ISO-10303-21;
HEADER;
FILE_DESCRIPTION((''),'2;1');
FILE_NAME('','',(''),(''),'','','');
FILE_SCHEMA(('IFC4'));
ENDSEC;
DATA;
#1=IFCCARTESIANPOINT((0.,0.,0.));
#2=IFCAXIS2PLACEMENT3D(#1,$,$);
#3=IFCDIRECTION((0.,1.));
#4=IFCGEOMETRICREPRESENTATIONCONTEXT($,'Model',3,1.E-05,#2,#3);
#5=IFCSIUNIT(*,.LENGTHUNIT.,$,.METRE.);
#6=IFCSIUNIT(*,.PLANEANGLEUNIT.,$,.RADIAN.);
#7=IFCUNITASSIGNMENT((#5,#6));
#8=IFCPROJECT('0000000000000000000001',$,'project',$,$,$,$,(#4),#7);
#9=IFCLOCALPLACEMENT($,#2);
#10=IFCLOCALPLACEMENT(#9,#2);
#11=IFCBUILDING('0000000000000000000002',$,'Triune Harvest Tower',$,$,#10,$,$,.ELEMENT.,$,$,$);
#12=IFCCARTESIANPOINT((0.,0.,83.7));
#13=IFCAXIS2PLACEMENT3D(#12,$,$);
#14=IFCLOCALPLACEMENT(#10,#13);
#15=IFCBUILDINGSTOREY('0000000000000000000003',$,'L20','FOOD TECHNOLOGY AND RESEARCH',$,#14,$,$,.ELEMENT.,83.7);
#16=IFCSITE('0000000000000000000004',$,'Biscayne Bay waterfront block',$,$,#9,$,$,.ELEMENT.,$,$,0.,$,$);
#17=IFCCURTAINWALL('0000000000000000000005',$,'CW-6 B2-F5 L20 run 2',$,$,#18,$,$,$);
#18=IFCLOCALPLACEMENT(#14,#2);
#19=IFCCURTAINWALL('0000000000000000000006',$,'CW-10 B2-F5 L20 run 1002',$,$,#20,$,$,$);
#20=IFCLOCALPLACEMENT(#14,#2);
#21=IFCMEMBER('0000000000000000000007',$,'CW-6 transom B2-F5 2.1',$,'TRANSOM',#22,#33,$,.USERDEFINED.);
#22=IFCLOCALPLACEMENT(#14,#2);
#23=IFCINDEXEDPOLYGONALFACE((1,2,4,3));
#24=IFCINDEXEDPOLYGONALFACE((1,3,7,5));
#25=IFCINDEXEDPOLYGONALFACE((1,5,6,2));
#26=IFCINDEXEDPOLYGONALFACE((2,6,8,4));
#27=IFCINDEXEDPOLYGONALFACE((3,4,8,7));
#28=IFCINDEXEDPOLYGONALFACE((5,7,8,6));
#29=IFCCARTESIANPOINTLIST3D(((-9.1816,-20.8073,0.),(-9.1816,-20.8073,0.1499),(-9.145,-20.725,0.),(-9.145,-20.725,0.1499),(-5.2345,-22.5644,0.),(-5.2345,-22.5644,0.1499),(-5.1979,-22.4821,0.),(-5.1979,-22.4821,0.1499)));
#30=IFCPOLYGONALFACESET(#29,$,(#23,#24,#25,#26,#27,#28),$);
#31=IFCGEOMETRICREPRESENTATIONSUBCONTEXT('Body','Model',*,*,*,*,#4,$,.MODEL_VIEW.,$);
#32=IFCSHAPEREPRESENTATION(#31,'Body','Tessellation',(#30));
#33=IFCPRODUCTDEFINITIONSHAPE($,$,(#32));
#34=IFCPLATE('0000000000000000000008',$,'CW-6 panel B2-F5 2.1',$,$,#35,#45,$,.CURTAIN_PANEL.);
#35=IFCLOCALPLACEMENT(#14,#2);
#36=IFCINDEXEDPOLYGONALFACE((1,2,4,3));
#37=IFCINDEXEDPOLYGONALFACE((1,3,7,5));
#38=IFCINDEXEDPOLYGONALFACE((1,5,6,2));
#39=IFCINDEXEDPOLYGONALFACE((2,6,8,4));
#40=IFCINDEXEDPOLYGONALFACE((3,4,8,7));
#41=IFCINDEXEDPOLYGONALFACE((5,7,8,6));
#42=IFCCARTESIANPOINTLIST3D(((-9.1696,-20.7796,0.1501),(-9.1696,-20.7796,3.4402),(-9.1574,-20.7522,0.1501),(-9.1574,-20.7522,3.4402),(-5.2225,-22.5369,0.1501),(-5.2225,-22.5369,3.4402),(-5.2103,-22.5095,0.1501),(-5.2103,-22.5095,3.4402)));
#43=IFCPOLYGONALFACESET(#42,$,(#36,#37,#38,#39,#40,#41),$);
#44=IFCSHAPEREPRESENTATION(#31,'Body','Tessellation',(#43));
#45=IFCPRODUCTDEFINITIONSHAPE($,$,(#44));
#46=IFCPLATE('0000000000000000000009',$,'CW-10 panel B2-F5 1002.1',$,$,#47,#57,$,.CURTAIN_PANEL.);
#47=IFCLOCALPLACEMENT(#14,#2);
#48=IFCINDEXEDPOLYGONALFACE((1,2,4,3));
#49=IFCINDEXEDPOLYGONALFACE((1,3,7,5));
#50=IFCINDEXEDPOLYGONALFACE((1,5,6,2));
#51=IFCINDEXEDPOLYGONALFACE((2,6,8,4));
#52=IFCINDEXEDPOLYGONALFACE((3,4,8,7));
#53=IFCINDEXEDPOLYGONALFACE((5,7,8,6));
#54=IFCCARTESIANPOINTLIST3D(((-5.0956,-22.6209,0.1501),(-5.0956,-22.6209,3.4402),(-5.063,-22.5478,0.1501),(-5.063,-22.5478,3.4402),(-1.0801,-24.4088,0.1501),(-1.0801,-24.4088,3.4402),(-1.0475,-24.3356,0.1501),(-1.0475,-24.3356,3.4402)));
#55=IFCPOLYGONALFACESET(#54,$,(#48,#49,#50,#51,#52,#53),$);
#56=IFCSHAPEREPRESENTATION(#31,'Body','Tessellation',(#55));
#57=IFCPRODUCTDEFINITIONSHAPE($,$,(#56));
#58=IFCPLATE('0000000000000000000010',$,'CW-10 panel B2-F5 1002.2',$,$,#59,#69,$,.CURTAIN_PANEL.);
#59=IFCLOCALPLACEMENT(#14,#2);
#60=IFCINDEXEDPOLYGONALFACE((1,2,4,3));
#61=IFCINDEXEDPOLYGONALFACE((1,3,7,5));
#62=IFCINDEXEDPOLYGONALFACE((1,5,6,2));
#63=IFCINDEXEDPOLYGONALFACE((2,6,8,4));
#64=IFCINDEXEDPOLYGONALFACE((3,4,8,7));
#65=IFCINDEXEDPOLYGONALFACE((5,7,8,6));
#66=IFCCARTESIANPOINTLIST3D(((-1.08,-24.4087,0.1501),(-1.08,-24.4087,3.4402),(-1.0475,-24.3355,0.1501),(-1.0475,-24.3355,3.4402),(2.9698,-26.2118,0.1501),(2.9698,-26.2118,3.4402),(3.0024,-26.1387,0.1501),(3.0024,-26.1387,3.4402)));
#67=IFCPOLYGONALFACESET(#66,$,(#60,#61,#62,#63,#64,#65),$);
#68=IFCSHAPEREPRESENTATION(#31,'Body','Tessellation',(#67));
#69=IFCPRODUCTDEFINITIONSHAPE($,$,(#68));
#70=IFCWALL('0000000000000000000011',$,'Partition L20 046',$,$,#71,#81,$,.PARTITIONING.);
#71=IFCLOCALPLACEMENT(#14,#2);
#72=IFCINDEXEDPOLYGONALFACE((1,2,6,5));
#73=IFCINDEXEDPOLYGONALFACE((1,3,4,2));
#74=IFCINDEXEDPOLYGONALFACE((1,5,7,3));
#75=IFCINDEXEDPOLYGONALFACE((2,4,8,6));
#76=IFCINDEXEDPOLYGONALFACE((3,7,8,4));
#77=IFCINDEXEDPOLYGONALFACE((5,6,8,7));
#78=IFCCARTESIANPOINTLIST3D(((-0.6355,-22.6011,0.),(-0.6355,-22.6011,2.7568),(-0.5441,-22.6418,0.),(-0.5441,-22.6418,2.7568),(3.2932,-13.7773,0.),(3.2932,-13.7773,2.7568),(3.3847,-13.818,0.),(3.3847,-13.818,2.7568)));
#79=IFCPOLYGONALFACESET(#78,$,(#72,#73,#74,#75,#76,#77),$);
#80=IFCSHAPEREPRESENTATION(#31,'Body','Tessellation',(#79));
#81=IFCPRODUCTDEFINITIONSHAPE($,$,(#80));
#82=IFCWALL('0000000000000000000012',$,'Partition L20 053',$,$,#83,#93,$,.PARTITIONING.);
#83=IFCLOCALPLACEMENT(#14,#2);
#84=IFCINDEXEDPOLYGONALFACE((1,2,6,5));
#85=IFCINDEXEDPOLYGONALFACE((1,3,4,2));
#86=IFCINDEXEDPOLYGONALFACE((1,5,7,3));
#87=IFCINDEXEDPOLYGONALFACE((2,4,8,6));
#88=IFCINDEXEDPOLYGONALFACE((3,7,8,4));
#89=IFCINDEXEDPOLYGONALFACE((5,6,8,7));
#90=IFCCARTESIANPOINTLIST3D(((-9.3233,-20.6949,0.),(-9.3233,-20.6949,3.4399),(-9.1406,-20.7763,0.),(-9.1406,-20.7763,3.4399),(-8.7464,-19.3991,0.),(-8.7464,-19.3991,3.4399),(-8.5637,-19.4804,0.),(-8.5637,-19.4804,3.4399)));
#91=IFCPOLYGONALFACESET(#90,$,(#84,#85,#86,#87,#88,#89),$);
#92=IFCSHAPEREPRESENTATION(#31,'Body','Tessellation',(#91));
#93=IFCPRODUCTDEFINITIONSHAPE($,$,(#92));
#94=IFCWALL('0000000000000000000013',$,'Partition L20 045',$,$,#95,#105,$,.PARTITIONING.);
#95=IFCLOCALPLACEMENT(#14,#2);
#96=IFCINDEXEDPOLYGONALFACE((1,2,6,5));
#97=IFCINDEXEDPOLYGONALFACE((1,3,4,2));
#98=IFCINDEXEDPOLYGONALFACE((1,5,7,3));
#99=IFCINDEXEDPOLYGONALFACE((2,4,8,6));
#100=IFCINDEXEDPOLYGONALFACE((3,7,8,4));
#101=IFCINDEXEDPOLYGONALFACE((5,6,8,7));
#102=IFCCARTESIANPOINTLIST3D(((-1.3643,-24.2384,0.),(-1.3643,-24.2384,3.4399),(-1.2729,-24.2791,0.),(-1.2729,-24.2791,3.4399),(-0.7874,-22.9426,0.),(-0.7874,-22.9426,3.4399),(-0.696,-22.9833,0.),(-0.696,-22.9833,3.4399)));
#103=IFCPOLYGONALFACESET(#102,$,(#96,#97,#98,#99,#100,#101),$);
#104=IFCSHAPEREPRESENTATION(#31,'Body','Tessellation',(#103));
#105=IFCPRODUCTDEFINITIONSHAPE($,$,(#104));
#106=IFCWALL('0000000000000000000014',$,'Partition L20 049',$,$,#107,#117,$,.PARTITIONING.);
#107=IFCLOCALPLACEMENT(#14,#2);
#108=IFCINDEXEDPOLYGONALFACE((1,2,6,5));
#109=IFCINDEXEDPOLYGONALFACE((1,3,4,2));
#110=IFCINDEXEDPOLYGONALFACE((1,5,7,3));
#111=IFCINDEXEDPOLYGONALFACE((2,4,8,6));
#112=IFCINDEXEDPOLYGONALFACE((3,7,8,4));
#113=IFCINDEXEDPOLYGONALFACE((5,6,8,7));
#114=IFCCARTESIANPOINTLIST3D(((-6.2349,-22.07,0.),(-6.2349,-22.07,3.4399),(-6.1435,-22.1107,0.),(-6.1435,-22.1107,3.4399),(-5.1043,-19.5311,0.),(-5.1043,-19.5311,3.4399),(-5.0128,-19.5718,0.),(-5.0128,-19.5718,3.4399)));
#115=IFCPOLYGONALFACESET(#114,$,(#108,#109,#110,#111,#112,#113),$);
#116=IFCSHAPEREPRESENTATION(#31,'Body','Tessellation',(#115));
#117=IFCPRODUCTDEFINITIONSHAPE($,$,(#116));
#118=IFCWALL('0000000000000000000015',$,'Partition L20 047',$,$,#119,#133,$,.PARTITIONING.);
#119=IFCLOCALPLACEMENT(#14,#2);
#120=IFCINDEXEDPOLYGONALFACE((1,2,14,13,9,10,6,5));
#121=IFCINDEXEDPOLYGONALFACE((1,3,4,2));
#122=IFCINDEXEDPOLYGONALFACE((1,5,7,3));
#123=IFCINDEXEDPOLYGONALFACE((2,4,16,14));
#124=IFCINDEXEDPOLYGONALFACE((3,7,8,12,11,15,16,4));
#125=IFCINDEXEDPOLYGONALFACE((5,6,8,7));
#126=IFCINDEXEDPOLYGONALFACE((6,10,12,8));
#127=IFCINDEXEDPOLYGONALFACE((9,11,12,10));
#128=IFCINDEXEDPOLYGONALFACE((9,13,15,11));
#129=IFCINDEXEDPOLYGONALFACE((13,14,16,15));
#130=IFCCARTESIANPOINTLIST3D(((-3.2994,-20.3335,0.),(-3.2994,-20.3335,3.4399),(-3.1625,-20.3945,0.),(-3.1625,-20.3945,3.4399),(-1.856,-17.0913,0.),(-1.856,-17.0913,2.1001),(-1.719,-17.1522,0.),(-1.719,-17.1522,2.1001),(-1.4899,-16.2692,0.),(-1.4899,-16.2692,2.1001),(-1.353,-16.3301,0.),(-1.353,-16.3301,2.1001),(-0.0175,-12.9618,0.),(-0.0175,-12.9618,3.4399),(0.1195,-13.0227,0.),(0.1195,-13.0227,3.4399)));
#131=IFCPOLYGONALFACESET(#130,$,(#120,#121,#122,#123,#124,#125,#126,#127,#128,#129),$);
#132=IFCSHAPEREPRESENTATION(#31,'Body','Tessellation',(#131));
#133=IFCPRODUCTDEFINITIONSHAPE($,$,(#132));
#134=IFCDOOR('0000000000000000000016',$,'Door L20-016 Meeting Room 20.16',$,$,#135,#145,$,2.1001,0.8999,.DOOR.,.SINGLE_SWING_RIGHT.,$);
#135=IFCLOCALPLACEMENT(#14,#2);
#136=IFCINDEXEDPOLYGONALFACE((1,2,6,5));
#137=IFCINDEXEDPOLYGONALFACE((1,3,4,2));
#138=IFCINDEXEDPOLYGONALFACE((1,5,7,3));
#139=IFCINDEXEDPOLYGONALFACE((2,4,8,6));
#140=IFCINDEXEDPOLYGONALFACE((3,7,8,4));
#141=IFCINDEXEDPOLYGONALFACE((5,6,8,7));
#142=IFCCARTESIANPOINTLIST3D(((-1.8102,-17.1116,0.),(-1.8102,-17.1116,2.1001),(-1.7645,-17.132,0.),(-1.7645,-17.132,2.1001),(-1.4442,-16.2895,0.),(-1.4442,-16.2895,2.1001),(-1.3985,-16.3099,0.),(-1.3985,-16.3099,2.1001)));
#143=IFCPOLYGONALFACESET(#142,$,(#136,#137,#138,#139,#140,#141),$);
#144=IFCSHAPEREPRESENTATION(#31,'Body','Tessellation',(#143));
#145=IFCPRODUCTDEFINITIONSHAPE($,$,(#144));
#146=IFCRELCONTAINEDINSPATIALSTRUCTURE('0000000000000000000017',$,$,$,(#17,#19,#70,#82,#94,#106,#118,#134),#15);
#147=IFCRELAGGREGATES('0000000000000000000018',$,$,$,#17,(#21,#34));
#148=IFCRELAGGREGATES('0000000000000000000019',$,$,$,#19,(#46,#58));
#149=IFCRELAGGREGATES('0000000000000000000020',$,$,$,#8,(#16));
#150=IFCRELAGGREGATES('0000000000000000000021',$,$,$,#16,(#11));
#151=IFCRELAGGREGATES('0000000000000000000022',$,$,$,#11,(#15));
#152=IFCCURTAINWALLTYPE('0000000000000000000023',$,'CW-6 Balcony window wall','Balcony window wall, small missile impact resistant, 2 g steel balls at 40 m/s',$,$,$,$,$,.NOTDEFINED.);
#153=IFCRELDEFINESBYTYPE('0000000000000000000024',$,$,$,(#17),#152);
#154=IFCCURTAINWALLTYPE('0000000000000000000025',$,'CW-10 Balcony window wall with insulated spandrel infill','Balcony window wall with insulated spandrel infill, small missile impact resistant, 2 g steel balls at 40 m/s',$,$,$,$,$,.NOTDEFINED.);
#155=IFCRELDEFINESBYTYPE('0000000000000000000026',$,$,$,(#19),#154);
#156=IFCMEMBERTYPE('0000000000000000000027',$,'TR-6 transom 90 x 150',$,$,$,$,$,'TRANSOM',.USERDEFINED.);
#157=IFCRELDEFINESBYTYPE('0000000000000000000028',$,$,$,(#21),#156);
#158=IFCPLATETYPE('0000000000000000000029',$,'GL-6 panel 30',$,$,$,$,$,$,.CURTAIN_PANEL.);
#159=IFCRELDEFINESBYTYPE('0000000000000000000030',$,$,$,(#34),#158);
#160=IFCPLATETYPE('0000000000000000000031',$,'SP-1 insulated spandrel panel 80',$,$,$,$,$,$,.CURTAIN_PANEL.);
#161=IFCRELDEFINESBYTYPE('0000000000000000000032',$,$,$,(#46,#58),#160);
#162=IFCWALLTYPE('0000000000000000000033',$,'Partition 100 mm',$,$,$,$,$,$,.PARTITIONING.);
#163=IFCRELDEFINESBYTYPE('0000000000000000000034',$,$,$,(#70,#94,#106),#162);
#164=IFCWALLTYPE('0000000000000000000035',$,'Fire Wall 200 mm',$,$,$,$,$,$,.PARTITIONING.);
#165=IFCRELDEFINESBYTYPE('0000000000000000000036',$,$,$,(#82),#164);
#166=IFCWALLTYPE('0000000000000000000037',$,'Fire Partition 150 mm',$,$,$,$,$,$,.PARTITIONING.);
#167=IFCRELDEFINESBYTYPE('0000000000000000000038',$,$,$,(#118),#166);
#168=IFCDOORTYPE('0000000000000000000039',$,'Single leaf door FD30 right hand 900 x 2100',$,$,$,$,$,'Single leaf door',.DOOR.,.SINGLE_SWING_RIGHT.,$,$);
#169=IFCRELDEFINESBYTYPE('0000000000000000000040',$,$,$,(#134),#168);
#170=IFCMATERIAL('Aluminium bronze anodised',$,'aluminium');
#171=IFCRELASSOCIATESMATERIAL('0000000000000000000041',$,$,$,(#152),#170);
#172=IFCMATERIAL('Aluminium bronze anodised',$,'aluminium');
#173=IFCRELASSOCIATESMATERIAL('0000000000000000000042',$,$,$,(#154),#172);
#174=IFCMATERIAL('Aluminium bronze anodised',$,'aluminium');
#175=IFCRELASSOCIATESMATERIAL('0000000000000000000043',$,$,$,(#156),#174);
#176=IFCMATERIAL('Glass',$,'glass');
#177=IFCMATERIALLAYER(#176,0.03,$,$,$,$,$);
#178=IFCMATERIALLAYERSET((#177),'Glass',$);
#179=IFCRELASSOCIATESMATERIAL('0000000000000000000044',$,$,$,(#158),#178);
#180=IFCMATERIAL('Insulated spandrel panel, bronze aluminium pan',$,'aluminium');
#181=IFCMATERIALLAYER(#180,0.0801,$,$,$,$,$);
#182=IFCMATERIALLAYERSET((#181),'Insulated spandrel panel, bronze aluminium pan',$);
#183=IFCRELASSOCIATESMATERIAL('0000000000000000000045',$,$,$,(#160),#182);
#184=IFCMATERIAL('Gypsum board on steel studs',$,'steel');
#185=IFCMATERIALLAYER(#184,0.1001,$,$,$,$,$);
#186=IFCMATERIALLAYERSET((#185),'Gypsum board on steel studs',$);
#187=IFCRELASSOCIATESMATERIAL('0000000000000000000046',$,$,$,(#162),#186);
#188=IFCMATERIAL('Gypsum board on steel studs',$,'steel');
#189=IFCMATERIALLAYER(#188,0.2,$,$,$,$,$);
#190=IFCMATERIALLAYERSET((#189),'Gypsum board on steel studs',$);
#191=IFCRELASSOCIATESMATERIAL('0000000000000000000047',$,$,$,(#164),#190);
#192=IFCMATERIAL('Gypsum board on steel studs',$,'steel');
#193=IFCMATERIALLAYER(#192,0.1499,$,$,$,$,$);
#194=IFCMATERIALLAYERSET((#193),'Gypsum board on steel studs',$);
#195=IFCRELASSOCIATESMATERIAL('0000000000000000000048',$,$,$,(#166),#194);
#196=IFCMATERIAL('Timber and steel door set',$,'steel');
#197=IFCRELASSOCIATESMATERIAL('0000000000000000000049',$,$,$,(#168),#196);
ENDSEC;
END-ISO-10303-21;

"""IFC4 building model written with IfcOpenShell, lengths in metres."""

from ifc_helpers import new_model, si_unit, direction, frame, frame_2d, origin, origin_2d, place, context, subcontext, project, spatial, rectangle, extrude, source, transform, mapped, material, layer, layer_set, material_profile, profile_set, type_object, element, fill, aggregate, save


model = new_model("IFC4")

# Units and contexts
model_context = context("Model", 3, precision=1e-05, world=origin(), true_north=direction((0.0, 1.0)))
body_context = subcontext(model_context, "Body", "Model", "MODEL_VIEW")
ifc_project = project(units=[si_unit("LENGTHUNIT", "METRE"), si_unit("PLANEANGLEUNIT", "RADIAN")], contexts=[model_context])

# Site, building, storey
site_placement = place(None, origin())
site = spatial("IfcSite", under=ifc_project, at=site_placement, Name="Biscayne Bay waterfront block", CompositionType="ELEMENT", RefElevation=0.0)
building_placement = place(site_placement, origin())
building = spatial("IfcBuilding", under=site, at=building_placement, Name="Triune Harvest Tower", CompositionType="ELEMENT")
storey_placement = place(building_placement, frame((0.0, 0.0, 83.7)))
storey = spatial("IfcBuildingStorey", under=building, at=storey_placement, Name="L20", Description="FOOD TECHNOLOGY AND RESEARCH", CompositionType="ELEMENT", Elevation=83.7)

# Curtain walls
ifc_material_1 = material(Name="Aluminium bronze anodised", Category="aluminium")
curtain_wall_type_1 = type_object("IfcCurtainWallType", Name="CW-6 Balcony window wall", Description="Balcony window wall, small missile impact resistant, 2 g steel balls at 40 m/s", PredefinedType="NOTDEFINED", material=ifc_material_1)
curtain_wall_1_placement = place(storey_placement, origin())
curtain_wall_1 = element("IfcCurtainWall", 1, at=curtain_wall_1_placement, inside=storey, type_object=curtain_wall_type_1, Name="CW-6 B2-F5 L20 run 2")
ifc_material_2 = material(Name="Aluminium bronze anodised", Category="aluminium")
curtain_wall_type_2 = type_object("IfcCurtainWallType", Name="CW-10 Balcony window wall with insulated spandrel infill", Description="Balcony window wall with insulated spandrel infill, small missile impact resistant, 2 g steel balls at 40 m/s", PredefinedType="NOTDEFINED", material=ifc_material_2)
curtain_wall_2_placement = place(storey_placement, origin())
curtain_wall_2 = element("IfcCurtainWall", 2, at=curtain_wall_2_placement, inside=storey, type_object=curtain_wall_type_2, Name="CW-10 B2-F5 L20 run 1002")
ifc_material_3 = material(Name="Aluminium bronze anodised", Category="aluminium")
ifc_material_profile_1 = material_profile(ifc_material_3, rectangle(XDim=0.0901, YDim=0.1499, at=origin_2d()), Name="TR-6 transom 90 x 150")
ifc_profile_set_1 = profile_set([ifc_material_profile_1], Name="Aluminium bronze anodised")
member_type_1 = type_object("IfcMemberType", Name="TR-6 transom 90 x 150", ElementType="TRANSOM", PredefinedType="USERDEFINED", material=ifc_profile_set_1)

# Member
shared_shape_1 = source(origin(), body_context, "Body", "SweptSolid", [
    extrude(rectangle(XDim=0.0901, YDim=0.1499, at=origin_2d()), origin(), (0.0, 0.0, 1.0), 4.3206),
])
member_1_placement = place(storey_placement, frame((-9.1633, -20.7661, 0.075), z_axis=(0.913567, -0.406689, 0.0), x_axis=(0.406689, 0.913567, 0.0)))
member_1 = element("IfcMember", 3, at=member_1_placement, type_object=member_type_1, Name="CW-6 transom B2-F5 2.1", ObjectType="TRANSOM", PredefinedType="USERDEFINED", context=body_context, shape_type="MappedRepresentation", body=[
    mapped(shared_shape_1, transform((0.0, 0.0, 0.0), scale=1.0)),
])

# Plates
ifc_material_4 = material(Name="Glass", Category="glass")
ifc_layer_1 = layer(ifc_material_4, 0.03)
ifc_layer_set_1 = layer_set([ifc_layer_1], Name="Glass")
plate_type_1 = type_object("IfcPlateType", Name="GL-6 panel 30", PredefinedType="CURTAIN_PANEL", material=ifc_layer_set_1)
shared_shape_2 = source(origin(), body_context, "Body", "SweptSolid", [
    extrude(rectangle(XDim=4.3206, YDim=0.03, at=origin_2d()), origin(), (0.0, 0.0, 1.0), 3.29),
])
plate_1_placement = place(storey_placement, frame((-7.1899, -21.6445, 0.1501), z_axis=(0.0, 0.0, 1.0), x_axis=(0.913548, -0.40673, 0.0)))
plate_1 = element("IfcPlate", 4, at=plate_1_placement, type_object=plate_type_1, Name="CW-6 panel B2-F5 2.1", PredefinedType="CURTAIN_PANEL", context=body_context, shape_type="MappedRepresentation", body=[
    mapped(shared_shape_2, transform((0.0, 0.0, 0.0), scale=1.0)),
])
aggregate(curtain_wall_1, [member_1, plate_1])
ifc_material_5 = material(Name="Insulated spandrel panel, bronze aluminium pan", Category="aluminium")
ifc_layer_2 = layer(ifc_material_5, 0.0801)
ifc_layer_set_2 = layer_set([ifc_layer_2], Name="Insulated spandrel panel, bronze aluminium pan")
plate_type_2 = type_object("IfcPlateType", Name="SP-1 insulated spandrel panel 80", PredefinedType="CURTAIN_PANEL", material=ifc_layer_set_2)
shared_shape_3 = source(origin(), body_context, "Body", "SweptSolid", [
    extrude(rectangle(XDim=4.3955, YDim=0.0801, at=origin_2d()), origin(), (0.0, 0.0, 1.0), 3.29),
])
plate_2_placement = place(storey_placement, frame((-3.0715, -23.4783, 0.1501), z_axis=(0.0, 0.0, 1.0), x_axis=(0.913544, -0.406741, 0.0)))
plate_2 = element("IfcPlate", 5, at=plate_2_placement, type_object=plate_type_2, Name="CW-10 panel B2-F5 1002.1", PredefinedType="CURTAIN_PANEL", context=body_context, shape_type="MappedRepresentation", body=[
    mapped(shared_shape_3, transform((0.0, 0.0, 0.0), scale=1.0)),
])
shared_shape_4 = source(origin(), body_context, "Body", "SweptSolid", [
    extrude(rectangle(XDim=4.4331, YDim=0.0801, at=origin_2d()), origin(), (0.0, 0.0, 1.0), 3.29),
])
plate_3_placement = place(storey_placement, frame((0.9612, -25.2737, 0.1501), z_axis=(0.0, 0.0, 1.0), x_axis=(0.913544, -0.406741, 0.0)))
plate_3 = element("IfcPlate", 6, at=plate_3_placement, type_object=plate_type_2, Name="CW-10 panel B2-F5 1002.2", PredefinedType="CURTAIN_PANEL", context=body_context, shape_type="MappedRepresentation", body=[
    mapped(shared_shape_4, transform((0.0, 0.0, 0.0), scale=1.0)),
])
aggregate(curtain_wall_2, [plate_2, plate_3])

# Wall
ifc_material_6 = material(Name="Gypsum board on steel studs", Category="steel")
ifc_layer_3 = layer(ifc_material_6, 0.1001)
ifc_layer_set_3 = layer_set([ifc_layer_3], Name="Gypsum board on steel studs")
wall_type_1 = type_object("IfcWallType", Name="Partition 100 mm", PredefinedType="PARTITIONING", material=ifc_layer_set_3)
wall_1_placement = place(storey_placement, frame((-0.5898, -22.6216, 0.0), z_axis=(0.0, 0.0, 1.0), x_axis=(0.406748, 0.91354, 0.0)))
element("IfcWall", 7, at=wall_1_placement, inside=storey, type_object=wall_type_1, Name="Partition L20 046", PredefinedType="PARTITIONING", context=body_context, shape_type="SweptSolid", body=[
    extrude(rectangle(XDim=9.6589, YDim=0.1001, at=frame_2d((4.8296, 0.0))), origin(), (0.0, 0.0, 1.0), 2.7568),
])

# Walls
ifc_material_7 = material(Name="Gypsum board on steel studs", Category="steel")
ifc_layer_4 = layer(ifc_material_7, 0.2)
ifc_layer_set_4 = layer_set([ifc_layer_4], Name="Gypsum board on steel studs")
wall_type_2 = type_object("IfcWallType", Name="Fire Wall 200 mm", PredefinedType="PARTITIONING", material=ifc_layer_set_4)
shared_shape_5 = source(origin(), body_context, "Body", "SweptSolid", [
    extrude(rectangle(XDim=1.4185, YDim=0.2, at=frame_2d((0.7092, 0.0))), origin(), (0.0, 0.0, 1.0), 3.4399),
])
wall_2_placement = place(storey_placement, frame((-9.2319, -20.7356, 0.0), z_axis=(0.0, 0.0, 1.0), x_axis=(0.406697, 0.913563, 0.0)))
element("IfcWall", 8, at=wall_2_placement, inside=storey, type_object=wall_type_2, Name="Partition L20 053", PredefinedType="PARTITIONING", context=body_context, shape_type="MappedRepresentation", body=[
    mapped(shared_shape_5, transform((0.0, 0.0, 0.0), scale=1.0)),
])
shared_shape_6 = source(origin(), body_context, "Body", "SweptSolid", [
    extrude(rectangle(XDim=1.4185, YDim=0.1001, at=frame_2d((0.7092, 0.0))), origin(), (0.0, 0.0, 1.0), 3.4399),
])
wall_3_placement = place(storey_placement, frame((-1.3186, -24.2588, 0.0), z_axis=(0.0, 0.0, 1.0), x_axis=(0.406697, 0.913563, 0.0)))
element("IfcWall", 9, at=wall_3_placement, inside=storey, type_object=wall_type_1, Name="Partition L20 045", PredefinedType="PARTITIONING", context=body_context, shape_type="MappedRepresentation", body=[
    mapped(shared_shape_6, transform((0.0, 0.0, 0.0), scale=1.0)),
])
shared_shape_7 = source(origin(), body_context, "Body", "SweptSolid", [
    extrude(rectangle(XDim=2.7793, YDim=0.1001, at=frame_2d((1.3896, 0.0))), origin(), (0.0, 0.0, 1.0), 3.4399),
])
wall_4_placement = place(storey_placement, frame((-6.1892, -22.0903, 0.0), z_axis=(0.0, 0.0, 1.0), x_axis=(0.406815, 0.913511, 0.0)))
element("IfcWall", 10, at=wall_4_placement, inside=storey, type_object=wall_type_1, Name="Partition L20 049", PredefinedType="PARTITIONING", context=body_context, shape_type="MappedRepresentation", body=[
    mapped(shared_shape_7, transform((0.0, 0.0, 0.0), scale=1.0)),
])

# Wall, opening, door
ifc_material_8 = material(Name="Gypsum board on steel studs", Category="steel")
ifc_layer_5 = layer(ifc_material_8, 0.1499)
ifc_layer_set_5 = layer_set([ifc_layer_5], Name="Gypsum board on steel studs")
wall_type_3 = type_object("IfcWallType", Name="Fire Partition 150 mm", PredefinedType="PARTITIONING", material=ifc_layer_set_5)
shared_shape_8 = source(origin(), body_context, "Body", "SweptSolid", [
    extrude(rectangle(XDim=8.0693, YDim=0.1499, at=frame_2d((4.0347, 0.0))), origin(), (0.0, 0.0, 1.0), 3.4399),
])
wall_5_placement = place(storey_placement, frame((-3.231, -20.364, 0.0), z_axis=(0.0, 0.0, 1.0), x_axis=(0.406719, 0.913553, 0.0)))
wall_5 = element("IfcWall", 11, at=wall_5_placement, inside=storey, type_object=wall_type_3, Name="Partition L20 047", PredefinedType="PARTITIONING", context=body_context, shape_type="MappedRepresentation", body=[
    mapped(shared_shape_8, transform((0.0, 0.0, 0.0), scale=1.0)),
])
opening_1_placement = place(wall_5_placement, frame((3.5491, 0.0, 0.0)))
opening_1 = element("IfcOpeningElement", 12, at=opening_1_placement, cuts=wall_5, PredefinedType="OPENING", context=body_context, shape_type="SweptSolid", body=[
    extrude(rectangle(XDim=0.8999, YDim=2.1001, at=frame_2d((0.45, 1.05))), frame((0.0, 0.085, 0.0), z_axis=(0.0, -1.0, 0.0), x_axis=(1.0, 0.0, 0.0)), (0.0, 0.0, 1.0), 0.1699),
])
ifc_material_9 = material(Name="Timber and steel door set", Category="steel")
door_type_1 = type_object("IfcDoorType", Name="Single leaf door FD30 right hand 900 x 2100", ElementType="Single leaf door", OperationType="SINGLE_SWING_RIGHT", PredefinedType="DOOR", material=ifc_material_9)
door_1_placement = place(opening_1_placement, origin())
door_1 = element("IfcDoor", 13, at=door_1_placement, inside=storey, type_object=door_type_1, Name="Door L20-016 Meeting Room 20.16", OperationType="SINGLE_SWING_RIGHT", OverallHeight=2.1001, OverallWidth=0.8999, PredefinedType="DOOR", context=body_context, shape_type="SweptSolid", body=[
    extrude(rectangle(XDim=0.8999, YDim=2.1001, at=frame_2d((0.45, 1.05))), frame((0.0, 0.0249, 0.0), z_axis=(0.0, -1.0, 0.0), x_axis=(1.0, 0.0, 0.0)), (0.0, 0.0, 1.0), 0.05),
])
fill(opening_1, door_1)

save(model, "model.ifc")
